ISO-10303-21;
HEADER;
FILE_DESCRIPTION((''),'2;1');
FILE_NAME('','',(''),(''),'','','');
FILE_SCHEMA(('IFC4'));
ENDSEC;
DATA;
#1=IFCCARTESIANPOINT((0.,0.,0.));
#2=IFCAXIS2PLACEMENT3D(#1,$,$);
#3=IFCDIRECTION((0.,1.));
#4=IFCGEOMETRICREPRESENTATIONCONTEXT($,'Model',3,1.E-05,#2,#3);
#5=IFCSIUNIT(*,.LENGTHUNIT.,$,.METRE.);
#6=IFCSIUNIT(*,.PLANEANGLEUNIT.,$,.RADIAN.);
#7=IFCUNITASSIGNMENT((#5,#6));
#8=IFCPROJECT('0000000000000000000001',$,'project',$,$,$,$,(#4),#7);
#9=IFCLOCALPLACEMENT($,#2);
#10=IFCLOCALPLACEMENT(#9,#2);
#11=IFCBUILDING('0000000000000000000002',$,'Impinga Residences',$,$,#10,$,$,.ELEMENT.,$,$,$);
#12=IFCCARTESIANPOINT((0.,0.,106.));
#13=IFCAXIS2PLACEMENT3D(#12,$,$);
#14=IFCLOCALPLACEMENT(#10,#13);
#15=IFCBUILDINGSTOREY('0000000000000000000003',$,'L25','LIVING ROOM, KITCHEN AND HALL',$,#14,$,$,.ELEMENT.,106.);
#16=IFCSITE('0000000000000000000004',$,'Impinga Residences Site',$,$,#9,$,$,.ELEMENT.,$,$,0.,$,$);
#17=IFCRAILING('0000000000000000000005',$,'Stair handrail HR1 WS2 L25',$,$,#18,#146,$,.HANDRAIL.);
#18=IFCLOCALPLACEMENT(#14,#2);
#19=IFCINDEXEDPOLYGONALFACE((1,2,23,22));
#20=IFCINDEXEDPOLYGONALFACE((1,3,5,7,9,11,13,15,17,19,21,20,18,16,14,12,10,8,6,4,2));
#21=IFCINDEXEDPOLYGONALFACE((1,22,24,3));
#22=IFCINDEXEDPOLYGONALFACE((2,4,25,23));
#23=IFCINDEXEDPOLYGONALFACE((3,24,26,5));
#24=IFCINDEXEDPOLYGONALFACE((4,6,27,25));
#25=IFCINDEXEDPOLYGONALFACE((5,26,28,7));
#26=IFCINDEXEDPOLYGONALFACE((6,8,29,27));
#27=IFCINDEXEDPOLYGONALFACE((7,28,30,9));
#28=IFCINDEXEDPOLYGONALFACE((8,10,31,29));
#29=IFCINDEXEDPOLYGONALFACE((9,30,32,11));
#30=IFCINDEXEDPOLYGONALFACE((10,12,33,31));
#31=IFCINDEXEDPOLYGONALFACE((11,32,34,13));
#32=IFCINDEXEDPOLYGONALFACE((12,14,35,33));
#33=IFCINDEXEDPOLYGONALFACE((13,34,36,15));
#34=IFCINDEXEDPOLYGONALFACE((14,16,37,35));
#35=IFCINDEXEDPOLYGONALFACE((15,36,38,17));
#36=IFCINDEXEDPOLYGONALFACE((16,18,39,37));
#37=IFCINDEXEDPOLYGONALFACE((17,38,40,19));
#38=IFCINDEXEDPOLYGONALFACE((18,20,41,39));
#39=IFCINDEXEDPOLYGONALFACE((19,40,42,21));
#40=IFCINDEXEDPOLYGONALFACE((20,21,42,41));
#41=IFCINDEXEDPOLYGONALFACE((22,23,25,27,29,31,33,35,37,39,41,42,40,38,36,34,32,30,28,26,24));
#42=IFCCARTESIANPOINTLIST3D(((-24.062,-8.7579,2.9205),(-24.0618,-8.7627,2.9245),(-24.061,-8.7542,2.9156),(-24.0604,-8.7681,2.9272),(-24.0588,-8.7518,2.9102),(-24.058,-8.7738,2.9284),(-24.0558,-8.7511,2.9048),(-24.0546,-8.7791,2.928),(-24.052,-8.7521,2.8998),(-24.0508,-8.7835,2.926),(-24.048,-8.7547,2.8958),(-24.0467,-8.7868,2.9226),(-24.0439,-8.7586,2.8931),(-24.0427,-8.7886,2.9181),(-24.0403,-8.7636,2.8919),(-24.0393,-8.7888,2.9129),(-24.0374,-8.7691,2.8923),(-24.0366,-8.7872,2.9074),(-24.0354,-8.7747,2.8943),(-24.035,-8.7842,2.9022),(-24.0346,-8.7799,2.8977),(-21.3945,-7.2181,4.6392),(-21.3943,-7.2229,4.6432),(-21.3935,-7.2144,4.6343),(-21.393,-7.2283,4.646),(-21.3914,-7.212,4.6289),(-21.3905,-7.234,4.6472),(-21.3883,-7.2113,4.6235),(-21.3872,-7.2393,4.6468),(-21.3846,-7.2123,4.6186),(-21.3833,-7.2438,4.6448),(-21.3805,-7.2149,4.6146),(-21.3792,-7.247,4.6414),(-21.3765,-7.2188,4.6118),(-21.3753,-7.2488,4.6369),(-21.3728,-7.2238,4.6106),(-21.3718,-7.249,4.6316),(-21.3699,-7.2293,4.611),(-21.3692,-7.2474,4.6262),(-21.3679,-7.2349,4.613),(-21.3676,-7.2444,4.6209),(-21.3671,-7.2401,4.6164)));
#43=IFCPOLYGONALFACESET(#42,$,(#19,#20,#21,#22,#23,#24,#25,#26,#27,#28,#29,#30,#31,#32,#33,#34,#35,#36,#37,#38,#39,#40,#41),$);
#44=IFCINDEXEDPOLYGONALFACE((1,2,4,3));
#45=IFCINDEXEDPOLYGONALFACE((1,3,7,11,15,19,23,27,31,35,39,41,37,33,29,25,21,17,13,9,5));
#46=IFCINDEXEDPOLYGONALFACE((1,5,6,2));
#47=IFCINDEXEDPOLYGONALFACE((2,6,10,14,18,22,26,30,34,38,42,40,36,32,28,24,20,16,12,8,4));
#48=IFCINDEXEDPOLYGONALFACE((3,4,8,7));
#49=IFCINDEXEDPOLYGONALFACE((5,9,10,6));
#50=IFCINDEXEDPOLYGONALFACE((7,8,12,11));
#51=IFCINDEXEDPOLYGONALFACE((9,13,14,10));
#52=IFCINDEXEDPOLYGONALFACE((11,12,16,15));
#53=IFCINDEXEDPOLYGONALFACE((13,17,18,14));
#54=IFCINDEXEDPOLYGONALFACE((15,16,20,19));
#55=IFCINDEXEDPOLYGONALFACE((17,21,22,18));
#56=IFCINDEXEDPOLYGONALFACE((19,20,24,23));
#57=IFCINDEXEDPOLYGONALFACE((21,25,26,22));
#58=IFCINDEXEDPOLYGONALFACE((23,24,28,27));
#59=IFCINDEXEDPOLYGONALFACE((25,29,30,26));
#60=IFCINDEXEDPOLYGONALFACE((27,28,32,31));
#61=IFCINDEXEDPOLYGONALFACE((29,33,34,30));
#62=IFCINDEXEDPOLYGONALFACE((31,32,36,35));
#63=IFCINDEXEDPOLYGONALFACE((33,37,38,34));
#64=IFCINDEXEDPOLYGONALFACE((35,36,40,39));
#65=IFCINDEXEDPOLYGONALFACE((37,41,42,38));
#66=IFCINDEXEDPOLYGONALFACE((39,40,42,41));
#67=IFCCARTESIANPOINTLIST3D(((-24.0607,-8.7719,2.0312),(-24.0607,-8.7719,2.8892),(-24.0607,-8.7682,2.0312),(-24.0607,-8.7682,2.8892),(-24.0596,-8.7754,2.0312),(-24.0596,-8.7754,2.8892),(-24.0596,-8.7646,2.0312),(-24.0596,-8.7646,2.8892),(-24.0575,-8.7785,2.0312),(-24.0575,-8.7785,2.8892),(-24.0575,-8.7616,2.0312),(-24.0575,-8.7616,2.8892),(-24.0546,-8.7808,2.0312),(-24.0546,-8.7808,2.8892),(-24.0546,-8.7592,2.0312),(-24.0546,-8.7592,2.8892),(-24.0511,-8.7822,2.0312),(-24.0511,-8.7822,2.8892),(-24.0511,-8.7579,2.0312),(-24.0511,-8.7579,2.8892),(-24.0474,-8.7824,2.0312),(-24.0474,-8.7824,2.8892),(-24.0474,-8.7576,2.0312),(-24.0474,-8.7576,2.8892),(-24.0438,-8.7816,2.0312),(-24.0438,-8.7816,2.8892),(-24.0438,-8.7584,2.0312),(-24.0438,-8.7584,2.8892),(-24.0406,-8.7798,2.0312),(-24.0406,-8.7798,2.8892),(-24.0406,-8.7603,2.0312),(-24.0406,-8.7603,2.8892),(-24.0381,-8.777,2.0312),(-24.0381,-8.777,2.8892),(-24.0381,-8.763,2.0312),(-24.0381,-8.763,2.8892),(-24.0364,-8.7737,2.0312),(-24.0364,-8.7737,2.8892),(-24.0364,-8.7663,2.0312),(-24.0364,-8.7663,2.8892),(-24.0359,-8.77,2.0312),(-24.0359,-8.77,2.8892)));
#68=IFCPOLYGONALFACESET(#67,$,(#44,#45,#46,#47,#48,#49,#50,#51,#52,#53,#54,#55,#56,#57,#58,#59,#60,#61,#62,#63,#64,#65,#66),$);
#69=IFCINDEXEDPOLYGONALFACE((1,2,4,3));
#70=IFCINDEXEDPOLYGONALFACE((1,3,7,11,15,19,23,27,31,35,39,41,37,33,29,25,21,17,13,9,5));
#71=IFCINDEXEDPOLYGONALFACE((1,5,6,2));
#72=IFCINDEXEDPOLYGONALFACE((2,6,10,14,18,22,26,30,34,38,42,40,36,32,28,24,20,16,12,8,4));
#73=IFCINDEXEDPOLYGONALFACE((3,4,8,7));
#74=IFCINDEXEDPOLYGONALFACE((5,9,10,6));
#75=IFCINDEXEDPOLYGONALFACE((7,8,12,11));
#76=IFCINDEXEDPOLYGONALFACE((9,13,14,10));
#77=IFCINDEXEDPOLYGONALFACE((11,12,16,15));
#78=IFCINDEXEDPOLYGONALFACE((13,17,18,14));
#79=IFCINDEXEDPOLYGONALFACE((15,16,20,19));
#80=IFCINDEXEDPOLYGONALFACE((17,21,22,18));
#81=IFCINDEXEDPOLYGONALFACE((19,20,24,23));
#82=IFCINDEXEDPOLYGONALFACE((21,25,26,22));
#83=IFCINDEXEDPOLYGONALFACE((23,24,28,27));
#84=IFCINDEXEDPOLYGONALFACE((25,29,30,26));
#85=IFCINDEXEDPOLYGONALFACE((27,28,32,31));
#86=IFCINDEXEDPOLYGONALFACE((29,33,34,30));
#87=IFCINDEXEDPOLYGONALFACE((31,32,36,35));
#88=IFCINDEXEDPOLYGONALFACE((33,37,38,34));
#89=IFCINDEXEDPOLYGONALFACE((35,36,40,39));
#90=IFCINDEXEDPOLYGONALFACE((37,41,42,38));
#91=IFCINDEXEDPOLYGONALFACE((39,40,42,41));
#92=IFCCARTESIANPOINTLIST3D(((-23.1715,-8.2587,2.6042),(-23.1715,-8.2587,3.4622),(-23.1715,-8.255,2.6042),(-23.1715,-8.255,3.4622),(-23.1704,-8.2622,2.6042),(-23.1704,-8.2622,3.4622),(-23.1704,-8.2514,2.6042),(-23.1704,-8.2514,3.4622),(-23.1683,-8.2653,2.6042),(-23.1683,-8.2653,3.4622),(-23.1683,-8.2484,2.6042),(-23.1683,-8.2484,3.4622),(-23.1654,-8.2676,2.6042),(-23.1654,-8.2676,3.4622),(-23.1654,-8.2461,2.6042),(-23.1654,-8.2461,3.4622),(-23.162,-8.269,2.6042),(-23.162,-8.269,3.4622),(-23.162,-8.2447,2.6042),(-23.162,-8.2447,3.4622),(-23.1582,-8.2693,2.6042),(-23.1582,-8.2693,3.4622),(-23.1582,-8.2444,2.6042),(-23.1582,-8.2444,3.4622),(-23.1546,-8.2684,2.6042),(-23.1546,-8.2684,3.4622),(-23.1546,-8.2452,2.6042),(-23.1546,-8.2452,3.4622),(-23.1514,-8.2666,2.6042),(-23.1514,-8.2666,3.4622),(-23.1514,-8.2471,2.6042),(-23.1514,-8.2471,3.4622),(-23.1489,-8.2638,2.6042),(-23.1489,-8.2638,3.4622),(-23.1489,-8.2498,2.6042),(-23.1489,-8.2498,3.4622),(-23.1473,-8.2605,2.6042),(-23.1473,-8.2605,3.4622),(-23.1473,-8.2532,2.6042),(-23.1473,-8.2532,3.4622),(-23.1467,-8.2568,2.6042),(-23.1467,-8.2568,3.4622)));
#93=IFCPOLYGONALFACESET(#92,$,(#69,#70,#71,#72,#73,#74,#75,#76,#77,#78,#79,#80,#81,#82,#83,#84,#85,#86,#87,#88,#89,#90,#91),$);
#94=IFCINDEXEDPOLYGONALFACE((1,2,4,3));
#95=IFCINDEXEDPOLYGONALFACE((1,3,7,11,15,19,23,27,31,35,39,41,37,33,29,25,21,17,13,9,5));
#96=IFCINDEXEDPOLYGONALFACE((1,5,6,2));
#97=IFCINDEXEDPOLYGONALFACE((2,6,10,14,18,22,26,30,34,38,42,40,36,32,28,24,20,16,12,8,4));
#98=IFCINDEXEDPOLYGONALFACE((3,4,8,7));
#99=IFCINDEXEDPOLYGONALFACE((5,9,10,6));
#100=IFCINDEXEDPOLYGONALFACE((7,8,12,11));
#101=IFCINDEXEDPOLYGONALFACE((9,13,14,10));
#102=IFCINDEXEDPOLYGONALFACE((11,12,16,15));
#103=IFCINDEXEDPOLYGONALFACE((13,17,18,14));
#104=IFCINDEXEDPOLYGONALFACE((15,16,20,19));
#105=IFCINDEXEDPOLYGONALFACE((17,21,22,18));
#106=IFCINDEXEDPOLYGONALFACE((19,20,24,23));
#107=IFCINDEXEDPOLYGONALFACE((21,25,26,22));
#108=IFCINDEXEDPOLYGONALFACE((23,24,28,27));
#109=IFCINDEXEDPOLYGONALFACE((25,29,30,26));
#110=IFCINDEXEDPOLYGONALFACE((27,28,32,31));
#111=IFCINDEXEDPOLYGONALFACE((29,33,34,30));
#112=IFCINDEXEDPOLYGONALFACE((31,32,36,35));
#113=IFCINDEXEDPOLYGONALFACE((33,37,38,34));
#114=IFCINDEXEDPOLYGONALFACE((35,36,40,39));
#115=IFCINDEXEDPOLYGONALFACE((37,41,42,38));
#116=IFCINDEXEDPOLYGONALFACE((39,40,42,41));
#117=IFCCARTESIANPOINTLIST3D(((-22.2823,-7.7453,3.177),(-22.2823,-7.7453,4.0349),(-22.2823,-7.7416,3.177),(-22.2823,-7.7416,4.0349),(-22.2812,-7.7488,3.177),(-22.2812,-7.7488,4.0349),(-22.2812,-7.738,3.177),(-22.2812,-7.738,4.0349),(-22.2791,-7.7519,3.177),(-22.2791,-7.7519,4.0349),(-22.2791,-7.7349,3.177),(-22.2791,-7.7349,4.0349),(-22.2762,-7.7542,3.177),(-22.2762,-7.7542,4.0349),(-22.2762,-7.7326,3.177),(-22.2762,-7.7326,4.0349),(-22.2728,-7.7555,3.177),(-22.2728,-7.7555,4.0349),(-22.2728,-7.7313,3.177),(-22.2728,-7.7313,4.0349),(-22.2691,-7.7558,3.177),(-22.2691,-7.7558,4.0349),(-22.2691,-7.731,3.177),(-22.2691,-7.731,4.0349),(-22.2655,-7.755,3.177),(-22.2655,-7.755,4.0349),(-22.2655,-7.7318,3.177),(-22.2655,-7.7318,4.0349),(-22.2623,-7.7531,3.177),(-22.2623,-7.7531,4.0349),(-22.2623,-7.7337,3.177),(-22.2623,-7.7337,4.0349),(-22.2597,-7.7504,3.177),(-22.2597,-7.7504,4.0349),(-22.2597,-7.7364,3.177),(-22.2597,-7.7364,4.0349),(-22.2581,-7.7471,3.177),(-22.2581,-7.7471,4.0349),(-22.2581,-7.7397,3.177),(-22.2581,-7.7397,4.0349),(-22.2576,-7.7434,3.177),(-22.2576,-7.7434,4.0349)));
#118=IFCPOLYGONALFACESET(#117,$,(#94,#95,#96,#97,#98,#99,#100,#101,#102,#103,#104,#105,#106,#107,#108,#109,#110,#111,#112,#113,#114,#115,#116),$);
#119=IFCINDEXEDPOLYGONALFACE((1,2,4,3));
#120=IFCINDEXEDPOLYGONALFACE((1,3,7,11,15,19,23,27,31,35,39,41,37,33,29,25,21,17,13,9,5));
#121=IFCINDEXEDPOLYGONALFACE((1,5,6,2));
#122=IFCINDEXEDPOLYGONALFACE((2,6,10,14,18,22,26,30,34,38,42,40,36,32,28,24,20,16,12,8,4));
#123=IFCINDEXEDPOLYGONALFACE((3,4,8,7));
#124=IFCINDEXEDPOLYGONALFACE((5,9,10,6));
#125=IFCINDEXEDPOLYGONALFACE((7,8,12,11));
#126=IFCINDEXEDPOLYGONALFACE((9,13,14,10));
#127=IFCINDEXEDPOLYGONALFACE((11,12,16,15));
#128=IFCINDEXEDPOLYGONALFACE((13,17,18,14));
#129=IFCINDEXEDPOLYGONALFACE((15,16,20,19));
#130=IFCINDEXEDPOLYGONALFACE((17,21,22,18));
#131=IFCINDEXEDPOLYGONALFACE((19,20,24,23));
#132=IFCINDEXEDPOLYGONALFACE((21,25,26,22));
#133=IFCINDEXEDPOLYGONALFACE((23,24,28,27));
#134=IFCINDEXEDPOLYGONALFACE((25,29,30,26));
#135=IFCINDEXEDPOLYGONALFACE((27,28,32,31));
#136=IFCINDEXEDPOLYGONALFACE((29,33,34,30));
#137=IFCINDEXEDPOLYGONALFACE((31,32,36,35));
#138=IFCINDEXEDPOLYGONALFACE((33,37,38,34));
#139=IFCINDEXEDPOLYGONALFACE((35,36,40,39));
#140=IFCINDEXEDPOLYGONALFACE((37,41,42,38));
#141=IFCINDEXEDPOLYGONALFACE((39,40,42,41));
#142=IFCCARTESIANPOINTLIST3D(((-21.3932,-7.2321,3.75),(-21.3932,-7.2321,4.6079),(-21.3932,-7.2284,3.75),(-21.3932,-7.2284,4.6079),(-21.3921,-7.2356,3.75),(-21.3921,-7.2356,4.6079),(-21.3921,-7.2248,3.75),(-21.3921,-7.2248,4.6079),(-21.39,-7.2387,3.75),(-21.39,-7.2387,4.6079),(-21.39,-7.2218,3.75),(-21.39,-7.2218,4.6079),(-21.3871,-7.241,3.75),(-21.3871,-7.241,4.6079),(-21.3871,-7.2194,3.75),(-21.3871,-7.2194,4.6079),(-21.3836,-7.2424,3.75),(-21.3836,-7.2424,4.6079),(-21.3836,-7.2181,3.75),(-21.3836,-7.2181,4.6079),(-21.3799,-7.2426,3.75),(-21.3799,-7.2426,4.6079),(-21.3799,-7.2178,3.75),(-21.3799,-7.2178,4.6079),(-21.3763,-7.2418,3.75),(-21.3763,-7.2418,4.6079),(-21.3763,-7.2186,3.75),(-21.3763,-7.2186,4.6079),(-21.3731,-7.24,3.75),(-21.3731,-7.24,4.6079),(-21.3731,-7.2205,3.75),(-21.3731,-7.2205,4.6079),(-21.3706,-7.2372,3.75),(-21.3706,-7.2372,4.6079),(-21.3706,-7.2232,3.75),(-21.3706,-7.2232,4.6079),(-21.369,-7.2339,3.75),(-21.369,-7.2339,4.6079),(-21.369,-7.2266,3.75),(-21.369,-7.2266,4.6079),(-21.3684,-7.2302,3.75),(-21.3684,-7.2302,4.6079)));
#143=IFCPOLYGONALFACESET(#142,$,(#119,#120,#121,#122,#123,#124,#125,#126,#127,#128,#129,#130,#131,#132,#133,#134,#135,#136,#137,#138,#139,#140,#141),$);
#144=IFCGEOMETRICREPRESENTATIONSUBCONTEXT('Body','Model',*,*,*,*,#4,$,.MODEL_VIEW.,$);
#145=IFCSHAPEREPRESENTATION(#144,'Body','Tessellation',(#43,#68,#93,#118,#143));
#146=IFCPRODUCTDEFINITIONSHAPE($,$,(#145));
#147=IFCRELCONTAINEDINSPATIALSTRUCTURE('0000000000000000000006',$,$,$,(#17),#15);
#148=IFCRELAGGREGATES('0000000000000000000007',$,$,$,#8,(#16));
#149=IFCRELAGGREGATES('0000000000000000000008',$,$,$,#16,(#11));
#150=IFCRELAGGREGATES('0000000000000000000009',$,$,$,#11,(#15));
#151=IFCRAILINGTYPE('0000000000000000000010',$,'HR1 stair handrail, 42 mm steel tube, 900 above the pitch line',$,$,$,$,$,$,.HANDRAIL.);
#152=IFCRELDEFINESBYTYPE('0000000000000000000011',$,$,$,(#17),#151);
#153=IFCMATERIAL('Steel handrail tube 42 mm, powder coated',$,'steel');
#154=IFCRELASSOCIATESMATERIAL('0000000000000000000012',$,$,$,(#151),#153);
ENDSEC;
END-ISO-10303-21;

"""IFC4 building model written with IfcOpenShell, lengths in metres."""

from ifc_helpers import new_model, si_unit, direction, frame, origin, origin_2d, place, context, subcontext, project, spatial, circle, extrude, material, type_object, element, save


model = new_model("IFC4")

# Units and contexts
model_context = context("Model", 3, precision=1e-05, world=origin(), true_north=direction((0.0, 1.0)))
body_context = subcontext(model_context, "Body", "Model", "MODEL_VIEW")
ifc_project = project(units=[si_unit("LENGTHUNIT", "METRE"), si_unit("PLANEANGLEUNIT", "RADIAN")], contexts=[model_context])

# Site, building, storey
site_placement = place(None, origin())
site = spatial("IfcSite", under=ifc_project, at=site_placement, Name="Impinga Residences Site", CompositionType="ELEMENT", RefElevation=0.0)
building_placement = place(site_placement, origin())
building = spatial("IfcBuilding", under=site, at=building_placement, Name="Impinga Residences", CompositionType="ELEMENT")
storey_placement = place(building_placement, frame((0.0, 0.0, 106.0)))
storey = spatial("IfcBuildingStorey", under=building, at=storey_placement, Name="L25", Description="LIVING ROOM, KITCHEN AND HALL", CompositionType="ELEMENT", Elevation=106.0)

# Railing
ifc_material_1 = material(Name="Steel handrail tube 42 mm, powder coated", Category="steel")
railing_type_1 = type_object("IfcRailingType", Name="HR1 stair handrail, 42 mm steel tube, 900 above the pitch line", PredefinedType="HANDRAIL", material=ifc_material_1)
railing_1_placement = place(storey_placement, frame((-24.0483, -8.77, 2.0312)))
element("IfcRailing", 1, at=railing_1_placement, inside=storey, type_object=railing_type_1, Name="Stair handrail HR1 WS2 L25", PredefinedType="HANDRAIL", context=body_context, shape_type="SweptSolid", body=[
    extrude(circle(Radius=0.021, at=origin_2d()), frame((0.0, 0.0, 0.8789), z_axis=(0.756279, 0.43656, 0.487297), x_axis=(-0.499933, 0.866064, 0.0)), (0.0, 0.0, 1.0), 3.5271),
    extrude(circle(Radius=0.0125, at=origin_2d()), origin(), (0.0, 0.0, 1.0), 0.8579),
    extrude(circle(Radius=0.0125, at=origin_2d()), frame((0.8892, 0.5132, 0.573)), (0.0, 0.0, 1.0), 0.8579),
    extrude(circle(Radius=0.0125, at=origin_2d()), frame((1.7783, 1.0266, 1.1458)), (0.0, 0.0, 1.0), 0.8579),
    extrude(circle(Radius=0.0125, at=origin_2d()), frame((2.6675, 1.5398, 1.7188)), (0.0, 0.0, 1.0), 0.8579),
])

save(model, "model.ifc")
